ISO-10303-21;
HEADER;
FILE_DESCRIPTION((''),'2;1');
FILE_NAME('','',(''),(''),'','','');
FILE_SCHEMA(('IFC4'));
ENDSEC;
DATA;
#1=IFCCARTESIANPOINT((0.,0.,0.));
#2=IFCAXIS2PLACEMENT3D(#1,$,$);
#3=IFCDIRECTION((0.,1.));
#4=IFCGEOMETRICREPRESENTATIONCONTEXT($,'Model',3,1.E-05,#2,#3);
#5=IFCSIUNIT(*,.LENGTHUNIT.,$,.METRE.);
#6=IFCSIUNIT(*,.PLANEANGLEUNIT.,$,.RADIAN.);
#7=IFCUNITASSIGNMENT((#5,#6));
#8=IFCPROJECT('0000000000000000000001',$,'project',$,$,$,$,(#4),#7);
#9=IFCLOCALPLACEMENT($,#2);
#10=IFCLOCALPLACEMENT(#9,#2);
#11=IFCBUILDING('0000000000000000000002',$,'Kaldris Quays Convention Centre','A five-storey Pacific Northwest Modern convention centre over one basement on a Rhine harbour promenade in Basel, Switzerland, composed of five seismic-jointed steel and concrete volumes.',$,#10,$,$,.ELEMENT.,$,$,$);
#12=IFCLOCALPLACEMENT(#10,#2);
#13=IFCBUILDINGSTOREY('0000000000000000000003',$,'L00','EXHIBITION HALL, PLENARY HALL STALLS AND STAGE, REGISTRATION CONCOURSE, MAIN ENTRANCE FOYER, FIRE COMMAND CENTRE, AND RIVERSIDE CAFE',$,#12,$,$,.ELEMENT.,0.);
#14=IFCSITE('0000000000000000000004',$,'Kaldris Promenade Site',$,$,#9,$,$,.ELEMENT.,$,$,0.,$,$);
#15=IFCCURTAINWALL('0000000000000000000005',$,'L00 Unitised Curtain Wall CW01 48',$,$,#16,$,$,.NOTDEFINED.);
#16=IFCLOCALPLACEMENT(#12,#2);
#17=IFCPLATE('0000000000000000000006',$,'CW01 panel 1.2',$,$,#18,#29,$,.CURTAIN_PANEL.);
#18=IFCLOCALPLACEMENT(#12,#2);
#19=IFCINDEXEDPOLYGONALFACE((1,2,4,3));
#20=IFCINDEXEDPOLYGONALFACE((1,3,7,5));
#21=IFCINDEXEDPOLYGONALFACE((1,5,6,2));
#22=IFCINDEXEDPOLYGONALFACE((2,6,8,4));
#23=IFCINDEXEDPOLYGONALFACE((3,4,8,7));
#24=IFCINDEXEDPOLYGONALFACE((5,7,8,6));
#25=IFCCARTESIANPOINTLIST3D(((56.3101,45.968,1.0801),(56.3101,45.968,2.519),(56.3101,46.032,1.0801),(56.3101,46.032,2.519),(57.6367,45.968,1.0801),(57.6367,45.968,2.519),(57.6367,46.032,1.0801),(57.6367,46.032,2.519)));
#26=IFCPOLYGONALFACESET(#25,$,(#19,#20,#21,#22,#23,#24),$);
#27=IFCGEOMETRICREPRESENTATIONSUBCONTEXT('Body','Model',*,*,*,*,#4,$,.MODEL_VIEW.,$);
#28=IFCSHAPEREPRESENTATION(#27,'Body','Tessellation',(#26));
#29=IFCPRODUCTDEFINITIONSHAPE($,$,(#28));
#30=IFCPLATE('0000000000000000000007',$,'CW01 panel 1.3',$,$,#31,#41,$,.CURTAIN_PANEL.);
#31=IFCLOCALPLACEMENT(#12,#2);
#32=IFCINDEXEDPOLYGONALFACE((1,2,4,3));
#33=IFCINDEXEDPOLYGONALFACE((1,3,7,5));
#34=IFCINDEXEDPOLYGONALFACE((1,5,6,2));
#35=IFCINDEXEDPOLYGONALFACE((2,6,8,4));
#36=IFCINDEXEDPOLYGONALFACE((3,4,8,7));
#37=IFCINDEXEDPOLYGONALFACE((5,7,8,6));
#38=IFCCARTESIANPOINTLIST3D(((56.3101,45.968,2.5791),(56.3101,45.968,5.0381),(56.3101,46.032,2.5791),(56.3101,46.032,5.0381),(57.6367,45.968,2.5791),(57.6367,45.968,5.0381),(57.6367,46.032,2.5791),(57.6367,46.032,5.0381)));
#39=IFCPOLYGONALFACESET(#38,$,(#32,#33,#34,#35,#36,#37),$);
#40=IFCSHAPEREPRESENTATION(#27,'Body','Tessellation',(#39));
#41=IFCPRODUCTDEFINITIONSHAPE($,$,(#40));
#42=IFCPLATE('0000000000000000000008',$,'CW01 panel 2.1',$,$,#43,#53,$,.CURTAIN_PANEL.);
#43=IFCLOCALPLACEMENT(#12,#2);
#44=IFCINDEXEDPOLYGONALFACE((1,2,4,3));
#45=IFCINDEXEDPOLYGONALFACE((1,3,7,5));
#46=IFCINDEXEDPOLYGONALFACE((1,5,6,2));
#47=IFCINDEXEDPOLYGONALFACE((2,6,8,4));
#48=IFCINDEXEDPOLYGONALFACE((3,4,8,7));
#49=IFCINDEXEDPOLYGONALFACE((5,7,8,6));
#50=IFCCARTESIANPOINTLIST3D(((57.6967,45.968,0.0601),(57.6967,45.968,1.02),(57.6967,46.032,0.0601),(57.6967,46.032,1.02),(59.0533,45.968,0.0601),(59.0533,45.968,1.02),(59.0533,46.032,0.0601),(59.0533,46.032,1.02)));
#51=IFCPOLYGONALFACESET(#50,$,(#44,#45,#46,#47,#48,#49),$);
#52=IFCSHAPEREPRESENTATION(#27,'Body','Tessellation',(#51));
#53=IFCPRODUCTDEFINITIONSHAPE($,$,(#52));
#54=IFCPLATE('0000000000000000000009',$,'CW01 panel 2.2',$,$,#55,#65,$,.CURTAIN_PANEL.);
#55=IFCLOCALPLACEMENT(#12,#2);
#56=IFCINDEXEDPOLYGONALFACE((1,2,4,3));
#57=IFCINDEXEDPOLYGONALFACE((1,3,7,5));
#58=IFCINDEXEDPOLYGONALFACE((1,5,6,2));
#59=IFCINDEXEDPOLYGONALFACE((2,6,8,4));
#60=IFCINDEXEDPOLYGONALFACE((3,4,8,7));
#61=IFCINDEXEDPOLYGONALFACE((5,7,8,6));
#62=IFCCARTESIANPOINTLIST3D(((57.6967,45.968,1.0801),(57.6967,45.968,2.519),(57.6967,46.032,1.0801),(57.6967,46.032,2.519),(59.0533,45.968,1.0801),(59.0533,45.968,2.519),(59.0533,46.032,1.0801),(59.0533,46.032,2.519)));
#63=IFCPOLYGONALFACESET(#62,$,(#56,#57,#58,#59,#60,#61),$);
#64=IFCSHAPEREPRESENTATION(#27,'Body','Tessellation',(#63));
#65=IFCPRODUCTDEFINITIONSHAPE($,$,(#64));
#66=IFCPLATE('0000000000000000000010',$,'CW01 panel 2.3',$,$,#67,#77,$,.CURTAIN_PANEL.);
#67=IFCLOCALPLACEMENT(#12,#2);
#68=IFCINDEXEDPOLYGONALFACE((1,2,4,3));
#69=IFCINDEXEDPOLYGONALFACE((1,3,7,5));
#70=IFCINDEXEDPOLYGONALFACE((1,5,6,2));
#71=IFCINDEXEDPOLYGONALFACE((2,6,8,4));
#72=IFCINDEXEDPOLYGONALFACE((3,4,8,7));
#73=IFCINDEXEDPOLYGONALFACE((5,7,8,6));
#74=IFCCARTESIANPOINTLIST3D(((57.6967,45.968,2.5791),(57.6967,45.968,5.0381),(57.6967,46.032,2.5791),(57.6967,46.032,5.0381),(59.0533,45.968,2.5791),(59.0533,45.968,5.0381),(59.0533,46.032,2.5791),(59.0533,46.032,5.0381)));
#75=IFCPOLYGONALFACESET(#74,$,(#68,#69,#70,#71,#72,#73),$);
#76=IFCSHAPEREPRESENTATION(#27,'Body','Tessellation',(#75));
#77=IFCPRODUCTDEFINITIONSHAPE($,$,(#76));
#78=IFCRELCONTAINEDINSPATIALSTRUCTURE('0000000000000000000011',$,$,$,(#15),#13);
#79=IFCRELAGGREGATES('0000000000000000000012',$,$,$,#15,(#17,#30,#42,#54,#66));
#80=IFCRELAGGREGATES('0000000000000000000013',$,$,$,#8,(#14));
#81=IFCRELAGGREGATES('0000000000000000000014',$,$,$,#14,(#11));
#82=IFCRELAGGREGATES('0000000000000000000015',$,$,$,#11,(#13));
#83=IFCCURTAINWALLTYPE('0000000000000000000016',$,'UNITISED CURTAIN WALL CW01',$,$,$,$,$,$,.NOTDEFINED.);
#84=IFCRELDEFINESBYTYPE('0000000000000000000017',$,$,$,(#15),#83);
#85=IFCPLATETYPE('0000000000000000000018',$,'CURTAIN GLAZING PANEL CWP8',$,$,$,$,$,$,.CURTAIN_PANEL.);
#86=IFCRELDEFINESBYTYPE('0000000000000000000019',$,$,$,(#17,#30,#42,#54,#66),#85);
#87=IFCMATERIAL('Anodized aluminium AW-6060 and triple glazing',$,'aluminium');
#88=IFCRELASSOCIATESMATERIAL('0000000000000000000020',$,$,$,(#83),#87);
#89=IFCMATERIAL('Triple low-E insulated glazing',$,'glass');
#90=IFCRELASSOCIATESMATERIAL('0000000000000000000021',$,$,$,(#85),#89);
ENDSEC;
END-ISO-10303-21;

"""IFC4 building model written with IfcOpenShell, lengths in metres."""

from ifc_helpers import new_model, si_unit, direction, frame, origin, origin_2d, place, context, subcontext, project, spatial, rectangle, extrude, material, type_object, element, aggregate, save


model = new_model("IFC4")

# Units and contexts
model_context = context("Model", 3, precision=1e-05, world=origin(), true_north=direction((0.0, 1.0)))
body_context = subcontext(model_context, "Body", "Model", "MODEL_VIEW")
ifc_project = project(units=[si_unit("LENGTHUNIT", "METRE"), si_unit("PLANEANGLEUNIT", "RADIAN")], contexts=[model_context])

# Site, building, storey
site_placement = place(None, origin())
site = spatial("IfcSite", under=ifc_project, at=site_placement, Name="Kaldris Promenade Site", CompositionType="ELEMENT", RefElevation=0.0)
building_placement = place(site_placement, origin())
building = spatial("IfcBuilding", under=site, at=building_placement, Name="Kaldris Quays Convention Centre", Description="A five-storey Pacific Northwest Modern convention centre over one basement on a Rhine harbour promenade in Basel, Switzerland, composed of five seismic-jointed steel and concrete volumes.", CompositionType="ELEMENT")
storey_placement = place(building_placement, origin())
storey = spatial("IfcBuildingStorey", under=building, at=storey_placement, Name="L00", Description="EXHIBITION HALL, PLENARY HALL STALLS AND STAGE, REGISTRATION CONCOURSE, MAIN ENTRANCE FOYER, FIRE COMMAND CENTRE, AND RIVERSIDE CAFE", CompositionType="ELEMENT", Elevation=0.0)

# Curtain wall
ifc_material_1 = material(Name="Anodized aluminium AW-6060 and triple glazing", Category="aluminium")
curtain_wall_type = type_object("IfcCurtainWallType", Name="UNITISED CURTAIN WALL CW01", PredefinedType="NOTDEFINED", material=ifc_material_1)
curtain_wall_placement = place(storey_placement, origin())
curtain_wall = element("IfcCurtainWall", 1, at=curtain_wall_placement, inside=storey, type_object=curtain_wall_type, Name="L00 Unitised Curtain Wall CW01 48", PredefinedType="NOTDEFINED")

# Plates
ifc_material_2 = material(Name="Triple low-E insulated glazing", Category="glass")
plate_type = type_object("IfcPlateType", Name="CURTAIN GLAZING PANEL CWP8", PredefinedType="CURTAIN_PANEL", material=ifc_material_2)
plate_1_placement = place(storey_placement, frame((56.9734, 46.0, 1.0801), z_axis=(0.0, 0.0, 1.0), x_axis=(1.0, 0.0, 0.0)))
plate_1 = element("IfcPlate", 2, at=plate_1_placement, type_object=plate_type, Name="CW01 panel 1.2", PredefinedType="CURTAIN_PANEL", context=body_context, shape_type="SweptSolid", body=[
    extrude(rectangle(XDim=1.3267, YDim=0.064, at=origin_2d()), origin(), (0.0, 0.0, 1.0), 1.439),
])
plate_2_placement = place(storey_placement, frame((56.9734, 46.0, 2.5791), z_axis=(0.0, 0.0, 1.0), x_axis=(1.0, 0.0, 0.0)))
plate_2 = element("IfcPlate", 3, at=plate_2_placement, type_object=plate_type, Name="CW01 panel 1.3", PredefinedType="CURTAIN_PANEL", context=body_context, shape_type="SweptSolid", body=[
    extrude(rectangle(XDim=1.3267, YDim=0.064, at=origin_2d()), origin(), (0.0, 0.0, 1.0), 2.459),
])
plate_3_placement = place(storey_placement, frame((58.375, 46.0, 0.0601), z_axis=(0.0, 0.0, 1.0), x_axis=(1.0, 0.0, 0.0)))
plate_3 = element("IfcPlate", 4, at=plate_3_placement, type_object=plate_type, Name="CW01 panel 2.1", PredefinedType="CURTAIN_PANEL", context=body_context, shape_type="SweptSolid", body=[
    extrude(rectangle(XDim=1.3567, YDim=0.064, at=origin_2d()), origin(), (0.0, 0.0, 1.0), 0.96),
])
plate_4_placement = place(storey_placement, frame((58.375, 46.0, 1.0801), z_axis=(0.0, 0.0, 1.0), x_axis=(1.0, 0.0, 0.0)))
plate_4 = element("IfcPlate", 5, at=plate_4_placement, type_object=plate_type, Name="CW01 panel 2.2", PredefinedType="CURTAIN_PANEL", context=body_context, shape_type="SweptSolid", body=[
    extrude(rectangle(XDim=1.3567, YDim=0.064, at=origin_2d()), origin(), (0.0, 0.0, 1.0), 1.439),
])
plate_5_placement = place(storey_placement, frame((58.375, 46.0, 2.5791), z_axis=(0.0, 0.0, 1.0), x_axis=(1.0, 0.0, 0.0)))
plate_5 = element("IfcPlate", 6, at=plate_5_placement, type_object=plate_type, Name="CW01 panel 2.3", PredefinedType="CURTAIN_PANEL", context=body_context, shape_type="SweptSolid", body=[
    extrude(rectangle(XDim=1.3567, YDim=0.064, at=origin_2d()), origin(), (0.0, 0.0, 1.0), 2.459),
])
aggregate(curtain_wall, [plate_1, plate_2, plate_3, plate_4, plate_5])

save(model, "model.ifc")
